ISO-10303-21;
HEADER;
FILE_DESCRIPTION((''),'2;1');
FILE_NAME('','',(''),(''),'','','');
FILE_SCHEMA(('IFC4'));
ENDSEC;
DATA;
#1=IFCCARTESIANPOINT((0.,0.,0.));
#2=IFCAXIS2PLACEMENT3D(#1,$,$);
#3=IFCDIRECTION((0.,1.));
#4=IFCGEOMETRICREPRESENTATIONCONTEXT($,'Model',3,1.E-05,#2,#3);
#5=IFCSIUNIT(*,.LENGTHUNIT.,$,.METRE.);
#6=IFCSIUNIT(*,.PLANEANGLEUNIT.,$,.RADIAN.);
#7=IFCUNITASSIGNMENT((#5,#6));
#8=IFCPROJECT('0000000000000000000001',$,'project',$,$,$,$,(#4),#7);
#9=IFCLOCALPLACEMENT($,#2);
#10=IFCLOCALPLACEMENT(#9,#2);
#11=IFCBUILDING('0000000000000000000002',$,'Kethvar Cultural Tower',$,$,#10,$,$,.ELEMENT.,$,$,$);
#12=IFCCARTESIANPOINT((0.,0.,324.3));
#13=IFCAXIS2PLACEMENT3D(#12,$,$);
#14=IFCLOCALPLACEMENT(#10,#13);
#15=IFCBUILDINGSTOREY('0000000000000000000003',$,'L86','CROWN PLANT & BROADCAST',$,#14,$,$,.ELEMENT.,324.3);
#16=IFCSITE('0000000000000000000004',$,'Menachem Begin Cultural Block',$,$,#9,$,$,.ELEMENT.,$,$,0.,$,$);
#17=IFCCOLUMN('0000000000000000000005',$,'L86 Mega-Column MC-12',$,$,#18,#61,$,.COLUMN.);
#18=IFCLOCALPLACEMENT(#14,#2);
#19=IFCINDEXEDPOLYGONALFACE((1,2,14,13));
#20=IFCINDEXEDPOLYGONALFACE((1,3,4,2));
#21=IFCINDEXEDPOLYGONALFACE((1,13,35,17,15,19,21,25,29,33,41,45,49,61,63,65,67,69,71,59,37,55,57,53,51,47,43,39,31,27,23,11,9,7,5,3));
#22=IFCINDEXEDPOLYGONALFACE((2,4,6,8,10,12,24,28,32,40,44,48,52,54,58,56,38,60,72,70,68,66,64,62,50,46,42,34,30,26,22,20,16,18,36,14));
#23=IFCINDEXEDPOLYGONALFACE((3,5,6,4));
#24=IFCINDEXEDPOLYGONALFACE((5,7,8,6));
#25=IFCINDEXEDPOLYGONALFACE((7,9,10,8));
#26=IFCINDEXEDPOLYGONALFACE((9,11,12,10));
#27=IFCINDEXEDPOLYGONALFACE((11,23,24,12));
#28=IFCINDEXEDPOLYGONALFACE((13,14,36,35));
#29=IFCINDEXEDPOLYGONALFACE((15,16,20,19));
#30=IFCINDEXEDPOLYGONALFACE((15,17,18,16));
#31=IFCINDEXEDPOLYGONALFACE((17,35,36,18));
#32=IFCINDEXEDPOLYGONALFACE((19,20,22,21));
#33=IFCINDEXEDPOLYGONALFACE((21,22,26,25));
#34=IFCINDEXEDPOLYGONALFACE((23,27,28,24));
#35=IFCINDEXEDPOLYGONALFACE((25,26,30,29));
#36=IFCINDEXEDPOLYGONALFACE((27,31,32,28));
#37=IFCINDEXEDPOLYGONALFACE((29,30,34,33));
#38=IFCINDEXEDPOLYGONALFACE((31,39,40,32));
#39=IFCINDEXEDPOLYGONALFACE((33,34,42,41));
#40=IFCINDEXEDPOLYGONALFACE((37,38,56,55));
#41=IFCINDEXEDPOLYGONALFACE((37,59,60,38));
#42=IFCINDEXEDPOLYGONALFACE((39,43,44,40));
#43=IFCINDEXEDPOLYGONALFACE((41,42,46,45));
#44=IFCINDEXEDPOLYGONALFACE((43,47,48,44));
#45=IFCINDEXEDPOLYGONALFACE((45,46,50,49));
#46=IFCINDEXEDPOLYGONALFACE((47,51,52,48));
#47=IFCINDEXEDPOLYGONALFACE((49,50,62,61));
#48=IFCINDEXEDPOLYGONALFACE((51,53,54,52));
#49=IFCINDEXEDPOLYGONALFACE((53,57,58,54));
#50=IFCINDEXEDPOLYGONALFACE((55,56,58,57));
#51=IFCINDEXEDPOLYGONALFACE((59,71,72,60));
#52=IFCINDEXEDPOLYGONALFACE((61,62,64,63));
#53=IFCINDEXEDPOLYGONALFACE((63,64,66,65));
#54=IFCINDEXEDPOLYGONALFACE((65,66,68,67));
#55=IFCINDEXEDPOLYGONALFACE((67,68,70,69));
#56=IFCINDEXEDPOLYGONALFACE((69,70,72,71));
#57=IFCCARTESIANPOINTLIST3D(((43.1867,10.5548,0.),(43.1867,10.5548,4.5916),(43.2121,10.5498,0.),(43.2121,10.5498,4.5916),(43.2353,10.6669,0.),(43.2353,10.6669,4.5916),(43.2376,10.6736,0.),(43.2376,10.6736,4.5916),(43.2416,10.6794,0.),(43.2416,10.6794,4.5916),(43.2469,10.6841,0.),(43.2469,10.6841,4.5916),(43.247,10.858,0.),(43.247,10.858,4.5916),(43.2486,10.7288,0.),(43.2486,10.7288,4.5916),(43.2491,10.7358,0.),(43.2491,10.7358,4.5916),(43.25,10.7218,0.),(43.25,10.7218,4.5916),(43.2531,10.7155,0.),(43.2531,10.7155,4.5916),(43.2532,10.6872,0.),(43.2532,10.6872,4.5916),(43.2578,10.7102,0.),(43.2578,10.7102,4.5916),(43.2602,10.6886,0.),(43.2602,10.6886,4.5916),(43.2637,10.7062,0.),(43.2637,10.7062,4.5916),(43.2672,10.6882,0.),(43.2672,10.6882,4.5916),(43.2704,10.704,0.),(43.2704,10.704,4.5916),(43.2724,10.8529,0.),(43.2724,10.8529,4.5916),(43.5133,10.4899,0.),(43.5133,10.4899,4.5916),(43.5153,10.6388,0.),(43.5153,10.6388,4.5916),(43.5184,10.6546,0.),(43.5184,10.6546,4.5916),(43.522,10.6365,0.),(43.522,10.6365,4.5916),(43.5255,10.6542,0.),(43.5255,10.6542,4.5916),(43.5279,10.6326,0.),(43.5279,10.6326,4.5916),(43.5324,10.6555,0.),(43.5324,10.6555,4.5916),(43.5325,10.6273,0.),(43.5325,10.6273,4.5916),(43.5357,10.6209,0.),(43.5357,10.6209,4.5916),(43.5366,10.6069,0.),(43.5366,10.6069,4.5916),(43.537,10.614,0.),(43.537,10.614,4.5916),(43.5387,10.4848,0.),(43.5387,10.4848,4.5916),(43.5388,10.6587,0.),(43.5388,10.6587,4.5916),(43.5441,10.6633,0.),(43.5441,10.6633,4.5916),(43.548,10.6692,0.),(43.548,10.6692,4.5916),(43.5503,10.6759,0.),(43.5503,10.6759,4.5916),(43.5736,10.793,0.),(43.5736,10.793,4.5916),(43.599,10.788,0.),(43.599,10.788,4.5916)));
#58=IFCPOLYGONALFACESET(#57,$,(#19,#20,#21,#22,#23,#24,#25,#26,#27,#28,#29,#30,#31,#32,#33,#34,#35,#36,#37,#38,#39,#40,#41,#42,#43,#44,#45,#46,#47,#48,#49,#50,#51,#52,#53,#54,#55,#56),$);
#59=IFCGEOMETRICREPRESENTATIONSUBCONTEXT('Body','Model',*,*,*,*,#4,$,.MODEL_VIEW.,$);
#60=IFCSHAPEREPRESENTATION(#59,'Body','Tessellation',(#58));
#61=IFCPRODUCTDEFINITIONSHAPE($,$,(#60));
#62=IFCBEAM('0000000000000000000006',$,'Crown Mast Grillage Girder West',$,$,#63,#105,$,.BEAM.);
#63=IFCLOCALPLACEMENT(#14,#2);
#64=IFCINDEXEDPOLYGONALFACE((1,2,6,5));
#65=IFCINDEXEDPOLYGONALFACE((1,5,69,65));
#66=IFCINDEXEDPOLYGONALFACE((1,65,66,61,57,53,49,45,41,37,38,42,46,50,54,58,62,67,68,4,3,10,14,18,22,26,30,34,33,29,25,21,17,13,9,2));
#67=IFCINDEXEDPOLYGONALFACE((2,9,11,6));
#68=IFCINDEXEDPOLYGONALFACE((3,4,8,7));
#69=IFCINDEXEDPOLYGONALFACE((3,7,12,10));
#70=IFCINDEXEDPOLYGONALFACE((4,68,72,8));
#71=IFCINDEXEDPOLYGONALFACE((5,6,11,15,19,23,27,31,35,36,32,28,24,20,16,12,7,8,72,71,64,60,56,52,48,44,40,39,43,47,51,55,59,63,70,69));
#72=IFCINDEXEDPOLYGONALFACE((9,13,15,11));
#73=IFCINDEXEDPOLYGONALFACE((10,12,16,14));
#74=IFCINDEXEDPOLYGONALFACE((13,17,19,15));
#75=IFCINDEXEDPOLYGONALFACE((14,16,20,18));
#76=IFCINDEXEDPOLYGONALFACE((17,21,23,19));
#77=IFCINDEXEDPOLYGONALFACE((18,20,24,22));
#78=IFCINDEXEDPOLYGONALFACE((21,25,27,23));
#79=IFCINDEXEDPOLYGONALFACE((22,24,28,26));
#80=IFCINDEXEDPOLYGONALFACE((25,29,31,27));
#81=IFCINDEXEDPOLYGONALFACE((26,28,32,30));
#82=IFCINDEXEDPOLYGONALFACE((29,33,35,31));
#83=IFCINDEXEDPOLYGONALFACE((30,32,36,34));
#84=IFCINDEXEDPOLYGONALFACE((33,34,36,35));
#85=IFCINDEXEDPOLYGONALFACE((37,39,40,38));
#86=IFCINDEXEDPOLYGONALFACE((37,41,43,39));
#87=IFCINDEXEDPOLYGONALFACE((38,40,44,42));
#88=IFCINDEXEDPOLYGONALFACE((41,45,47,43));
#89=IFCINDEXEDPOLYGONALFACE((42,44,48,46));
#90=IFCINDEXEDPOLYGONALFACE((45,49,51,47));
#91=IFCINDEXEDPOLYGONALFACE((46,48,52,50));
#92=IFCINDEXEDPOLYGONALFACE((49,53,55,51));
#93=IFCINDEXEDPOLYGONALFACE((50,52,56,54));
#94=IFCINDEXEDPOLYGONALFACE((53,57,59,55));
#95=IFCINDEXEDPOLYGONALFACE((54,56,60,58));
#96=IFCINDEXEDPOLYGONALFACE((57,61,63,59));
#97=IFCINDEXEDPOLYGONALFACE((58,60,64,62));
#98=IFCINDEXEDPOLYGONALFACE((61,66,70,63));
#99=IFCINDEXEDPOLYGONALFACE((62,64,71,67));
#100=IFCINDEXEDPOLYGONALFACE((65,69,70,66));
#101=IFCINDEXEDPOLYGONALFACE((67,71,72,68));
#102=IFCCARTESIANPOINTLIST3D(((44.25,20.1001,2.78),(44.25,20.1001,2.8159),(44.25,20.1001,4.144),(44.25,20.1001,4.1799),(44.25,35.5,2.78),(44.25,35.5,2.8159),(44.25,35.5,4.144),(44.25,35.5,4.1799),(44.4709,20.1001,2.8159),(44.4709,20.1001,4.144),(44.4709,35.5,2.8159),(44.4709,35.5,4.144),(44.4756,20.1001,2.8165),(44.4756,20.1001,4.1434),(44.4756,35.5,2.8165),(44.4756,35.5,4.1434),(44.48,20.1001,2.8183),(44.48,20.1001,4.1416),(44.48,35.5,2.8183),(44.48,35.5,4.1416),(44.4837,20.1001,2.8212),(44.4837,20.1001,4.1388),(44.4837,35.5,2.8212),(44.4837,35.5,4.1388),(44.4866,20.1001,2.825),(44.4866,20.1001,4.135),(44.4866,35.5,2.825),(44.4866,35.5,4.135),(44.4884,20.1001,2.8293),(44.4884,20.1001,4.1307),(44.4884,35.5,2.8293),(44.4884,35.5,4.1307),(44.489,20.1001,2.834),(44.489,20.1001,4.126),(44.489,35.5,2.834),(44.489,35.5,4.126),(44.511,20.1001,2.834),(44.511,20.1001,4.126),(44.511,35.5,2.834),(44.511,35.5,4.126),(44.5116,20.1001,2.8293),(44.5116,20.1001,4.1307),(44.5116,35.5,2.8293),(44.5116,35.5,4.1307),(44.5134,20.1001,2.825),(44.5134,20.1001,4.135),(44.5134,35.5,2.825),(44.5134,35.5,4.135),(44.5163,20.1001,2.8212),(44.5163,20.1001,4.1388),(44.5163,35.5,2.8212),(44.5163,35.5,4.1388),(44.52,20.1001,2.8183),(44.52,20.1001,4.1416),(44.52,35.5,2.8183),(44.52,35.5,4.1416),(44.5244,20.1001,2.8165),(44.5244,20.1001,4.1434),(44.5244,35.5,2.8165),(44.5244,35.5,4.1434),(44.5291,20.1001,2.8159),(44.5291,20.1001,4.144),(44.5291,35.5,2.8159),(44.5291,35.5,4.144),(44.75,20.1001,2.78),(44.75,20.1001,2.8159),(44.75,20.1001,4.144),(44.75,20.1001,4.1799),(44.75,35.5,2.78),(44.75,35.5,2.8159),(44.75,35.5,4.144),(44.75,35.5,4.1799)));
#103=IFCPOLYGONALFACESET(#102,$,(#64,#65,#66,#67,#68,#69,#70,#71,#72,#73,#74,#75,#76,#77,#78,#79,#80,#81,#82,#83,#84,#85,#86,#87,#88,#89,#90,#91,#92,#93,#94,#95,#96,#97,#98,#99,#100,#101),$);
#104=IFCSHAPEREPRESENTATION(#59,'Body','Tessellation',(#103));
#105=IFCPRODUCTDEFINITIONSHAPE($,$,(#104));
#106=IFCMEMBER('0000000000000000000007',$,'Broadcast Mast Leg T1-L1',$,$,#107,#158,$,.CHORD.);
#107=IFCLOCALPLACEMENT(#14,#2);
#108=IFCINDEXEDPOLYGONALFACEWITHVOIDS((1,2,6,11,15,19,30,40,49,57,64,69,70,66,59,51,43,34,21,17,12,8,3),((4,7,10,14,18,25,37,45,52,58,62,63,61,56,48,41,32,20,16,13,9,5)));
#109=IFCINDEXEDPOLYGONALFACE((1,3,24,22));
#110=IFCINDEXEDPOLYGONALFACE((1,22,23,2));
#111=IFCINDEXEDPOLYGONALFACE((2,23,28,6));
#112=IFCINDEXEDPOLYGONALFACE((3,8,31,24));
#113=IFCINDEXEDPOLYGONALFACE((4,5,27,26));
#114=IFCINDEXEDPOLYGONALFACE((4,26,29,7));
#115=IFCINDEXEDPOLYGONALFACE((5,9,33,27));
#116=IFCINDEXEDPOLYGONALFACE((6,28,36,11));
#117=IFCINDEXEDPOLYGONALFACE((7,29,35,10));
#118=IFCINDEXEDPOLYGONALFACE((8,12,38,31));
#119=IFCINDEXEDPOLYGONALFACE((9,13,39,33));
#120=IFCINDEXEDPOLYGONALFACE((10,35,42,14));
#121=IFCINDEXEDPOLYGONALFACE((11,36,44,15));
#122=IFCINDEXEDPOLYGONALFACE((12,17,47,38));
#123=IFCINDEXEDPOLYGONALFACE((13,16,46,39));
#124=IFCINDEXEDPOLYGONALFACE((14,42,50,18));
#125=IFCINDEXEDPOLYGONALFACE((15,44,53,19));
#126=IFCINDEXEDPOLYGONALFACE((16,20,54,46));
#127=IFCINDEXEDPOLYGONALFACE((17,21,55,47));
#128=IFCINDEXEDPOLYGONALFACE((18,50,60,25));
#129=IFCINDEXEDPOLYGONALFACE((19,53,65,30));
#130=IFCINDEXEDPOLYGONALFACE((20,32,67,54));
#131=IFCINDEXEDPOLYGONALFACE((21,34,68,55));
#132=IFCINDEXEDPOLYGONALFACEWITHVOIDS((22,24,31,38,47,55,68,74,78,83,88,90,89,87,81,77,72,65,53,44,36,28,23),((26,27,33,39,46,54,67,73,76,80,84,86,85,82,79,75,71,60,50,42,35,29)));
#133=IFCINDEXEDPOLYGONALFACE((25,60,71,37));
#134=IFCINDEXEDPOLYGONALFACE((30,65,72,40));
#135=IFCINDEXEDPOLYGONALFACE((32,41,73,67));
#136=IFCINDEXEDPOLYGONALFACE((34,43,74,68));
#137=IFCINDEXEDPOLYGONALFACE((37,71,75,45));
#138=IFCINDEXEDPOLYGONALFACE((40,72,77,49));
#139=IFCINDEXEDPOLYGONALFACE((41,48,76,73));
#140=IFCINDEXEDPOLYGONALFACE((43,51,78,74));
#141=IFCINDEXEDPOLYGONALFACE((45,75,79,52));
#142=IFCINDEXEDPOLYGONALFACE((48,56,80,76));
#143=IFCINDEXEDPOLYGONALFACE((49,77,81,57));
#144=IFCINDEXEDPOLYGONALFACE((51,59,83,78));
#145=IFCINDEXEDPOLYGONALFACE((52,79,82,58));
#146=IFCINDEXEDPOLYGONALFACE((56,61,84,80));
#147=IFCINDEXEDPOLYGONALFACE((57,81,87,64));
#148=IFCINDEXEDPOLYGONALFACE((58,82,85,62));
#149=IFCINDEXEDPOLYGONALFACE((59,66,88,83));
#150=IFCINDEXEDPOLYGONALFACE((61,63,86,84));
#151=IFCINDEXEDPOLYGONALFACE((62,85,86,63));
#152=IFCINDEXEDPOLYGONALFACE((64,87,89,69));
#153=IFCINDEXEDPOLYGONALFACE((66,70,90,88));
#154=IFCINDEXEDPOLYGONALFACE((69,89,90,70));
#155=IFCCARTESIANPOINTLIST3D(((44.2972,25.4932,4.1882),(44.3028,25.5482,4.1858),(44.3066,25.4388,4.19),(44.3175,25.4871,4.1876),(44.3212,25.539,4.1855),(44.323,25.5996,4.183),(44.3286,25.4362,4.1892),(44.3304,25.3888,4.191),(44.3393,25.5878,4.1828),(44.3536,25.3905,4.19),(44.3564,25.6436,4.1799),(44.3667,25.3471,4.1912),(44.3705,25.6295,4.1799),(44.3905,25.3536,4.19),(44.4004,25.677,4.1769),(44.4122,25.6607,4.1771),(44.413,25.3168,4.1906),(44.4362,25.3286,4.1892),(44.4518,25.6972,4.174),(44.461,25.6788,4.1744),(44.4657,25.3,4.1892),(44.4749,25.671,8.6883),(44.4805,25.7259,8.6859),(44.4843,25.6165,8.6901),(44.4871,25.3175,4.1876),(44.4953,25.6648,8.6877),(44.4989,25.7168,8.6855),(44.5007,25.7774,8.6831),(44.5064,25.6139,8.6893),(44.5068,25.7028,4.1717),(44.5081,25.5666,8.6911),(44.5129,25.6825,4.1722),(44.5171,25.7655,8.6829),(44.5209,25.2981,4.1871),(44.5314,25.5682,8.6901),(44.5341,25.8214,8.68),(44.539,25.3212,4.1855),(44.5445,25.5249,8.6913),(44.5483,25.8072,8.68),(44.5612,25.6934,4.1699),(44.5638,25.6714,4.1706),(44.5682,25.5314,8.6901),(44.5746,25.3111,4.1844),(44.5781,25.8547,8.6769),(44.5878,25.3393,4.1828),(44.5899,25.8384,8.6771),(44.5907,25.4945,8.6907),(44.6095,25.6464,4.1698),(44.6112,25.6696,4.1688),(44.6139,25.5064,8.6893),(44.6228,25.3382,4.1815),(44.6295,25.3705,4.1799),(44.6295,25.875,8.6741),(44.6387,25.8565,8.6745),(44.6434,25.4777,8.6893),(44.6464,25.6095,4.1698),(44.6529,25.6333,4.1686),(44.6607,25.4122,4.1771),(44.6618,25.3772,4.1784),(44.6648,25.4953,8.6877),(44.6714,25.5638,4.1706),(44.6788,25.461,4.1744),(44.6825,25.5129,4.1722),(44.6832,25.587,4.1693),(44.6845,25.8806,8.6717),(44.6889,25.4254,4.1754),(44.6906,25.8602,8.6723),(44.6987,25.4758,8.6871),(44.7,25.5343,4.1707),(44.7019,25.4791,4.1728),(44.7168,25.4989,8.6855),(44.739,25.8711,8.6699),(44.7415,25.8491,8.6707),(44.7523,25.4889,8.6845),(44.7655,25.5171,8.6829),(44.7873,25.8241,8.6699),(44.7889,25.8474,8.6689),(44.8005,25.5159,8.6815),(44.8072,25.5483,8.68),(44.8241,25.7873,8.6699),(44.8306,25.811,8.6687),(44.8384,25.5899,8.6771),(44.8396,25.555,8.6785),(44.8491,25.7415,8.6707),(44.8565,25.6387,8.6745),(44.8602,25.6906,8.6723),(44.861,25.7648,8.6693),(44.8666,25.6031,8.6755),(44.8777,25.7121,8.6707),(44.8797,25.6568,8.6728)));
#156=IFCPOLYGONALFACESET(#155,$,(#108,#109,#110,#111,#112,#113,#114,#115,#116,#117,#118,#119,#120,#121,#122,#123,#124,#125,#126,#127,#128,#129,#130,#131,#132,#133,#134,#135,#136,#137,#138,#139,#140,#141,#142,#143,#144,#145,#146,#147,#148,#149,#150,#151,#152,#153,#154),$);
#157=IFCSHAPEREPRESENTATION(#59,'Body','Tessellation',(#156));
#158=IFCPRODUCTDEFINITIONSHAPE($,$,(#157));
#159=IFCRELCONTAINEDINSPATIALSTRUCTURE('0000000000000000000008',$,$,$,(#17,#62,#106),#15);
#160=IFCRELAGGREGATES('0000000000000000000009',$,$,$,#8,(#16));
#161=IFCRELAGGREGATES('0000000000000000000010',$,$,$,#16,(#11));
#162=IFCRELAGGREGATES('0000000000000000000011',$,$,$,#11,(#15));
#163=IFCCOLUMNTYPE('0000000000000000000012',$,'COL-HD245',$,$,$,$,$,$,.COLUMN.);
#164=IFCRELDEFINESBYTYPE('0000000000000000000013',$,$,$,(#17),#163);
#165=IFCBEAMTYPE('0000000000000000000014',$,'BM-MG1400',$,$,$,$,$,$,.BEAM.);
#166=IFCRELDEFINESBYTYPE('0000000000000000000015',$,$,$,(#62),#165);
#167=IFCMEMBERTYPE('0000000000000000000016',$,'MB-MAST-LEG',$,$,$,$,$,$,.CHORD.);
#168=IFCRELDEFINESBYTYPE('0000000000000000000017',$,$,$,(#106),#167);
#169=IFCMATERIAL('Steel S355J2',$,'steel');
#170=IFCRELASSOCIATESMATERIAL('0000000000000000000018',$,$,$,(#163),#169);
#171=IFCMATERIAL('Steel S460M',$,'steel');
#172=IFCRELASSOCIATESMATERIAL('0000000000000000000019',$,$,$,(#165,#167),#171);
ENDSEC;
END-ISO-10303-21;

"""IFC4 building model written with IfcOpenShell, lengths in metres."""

from ifc_helpers import new_model, si_unit, direction, frame, origin, origin_2d, place, context, subcontext, project, spatial, hollow_circle, i_section, extrude, source, transform, mapped, material, material_profile, profile_set, type_object, element, save


model = new_model("IFC4")

# Units and contexts
model_context = context("Model", 3, precision=1e-05, world=origin(), true_north=direction((0.0, 1.0)))
body_context = subcontext(model_context, "Body", "Model", "MODEL_VIEW")
ifc_project = project(units=[si_unit("LENGTHUNIT", "METRE"), si_unit("PLANEANGLEUNIT", "RADIAN")], contexts=[model_context])

# Site, building, storey
site_placement = place(None, origin())
site = spatial("IfcSite", under=ifc_project, at=site_placement, Name="Menachem Begin Cultural Block", CompositionType="ELEMENT", RefElevation=0.0)
building_placement = place(site_placement, origin())
building = spatial("IfcBuilding", under=site, at=building_placement, Name="Kethvar Cultural Tower", CompositionType="ELEMENT")
storey_placement = place(building_placement, frame((0.0, 0.0, 324.3)))
storey = spatial("IfcBuildingStorey", under=building, at=storey_placement, Name="L86", Description="CROWN PLANT & BROADCAST", CompositionType="ELEMENT", Elevation=324.3)

# Column
ifc_material_1 = material(Name="Steel S355J2", Category="steel")
ifc_material_profile_1 = material_profile(ifc_material_1, i_section(OverallWidth=0.3091, OverallDepth=0.3589, WebThickness=0.0161, FlangeThickness=0.0259, FilletRadius=0.0271, at=origin_2d()), Name="Steel S355J2 — HD320x245")
ifc_profile_set_1 = profile_set([ifc_material_profile_1], Name="Steel S355J2 — HD320x245")
column_type = type_object("IfcColumnType", Name="COL-HD245", PredefinedType="COLUMN", material=ifc_profile_set_1)
shared_shape_1 = source(origin(), body_context, "Body", "SweptSolid", [
    extrude(i_section(OverallWidth=0.3091, OverallDepth=0.3589, WebThickness=0.0161, FlangeThickness=0.0259, FilletRadius=0.0271, at=origin_2d()), origin(), (0.0, 0.0, 1.0), 4.5916),
])
column_placement = place(storey_placement, frame((43.3928, 10.6714, 0.0), z_axis=(0.0, 0.0, 1.0), x_axis=(-0.19509, -0.980785, 0.0)))
element("IfcColumn", 1, at=column_placement, inside=storey, type_object=column_type, Name="L86 Mega-Column MC-12", PredefinedType="COLUMN", context=body_context, shape_type="MappedRepresentation", body=[
    mapped(shared_shape_1, transform((0.0, 0.0, 0.0), scale=1.0)),
])

# Beam
ifc_material_2 = material(Name="Steel S460M", Category="steel")
ifc_material_profile_2 = material_profile(ifc_material_2, i_section(OverallWidth=0.5, OverallDepth=1.3999, WebThickness=0.022, FlangeThickness=0.0359, FilletRadius=0.0181, at=origin_2d()), Name="Steel S460M — PG1400x500x36x22")
ifc_profile_set_2 = profile_set([ifc_material_profile_2], Name="Steel S460M — PG1400x500x36x22")
beam_type = type_object("IfcBeamType", Name="BM-MG1400", PredefinedType="BEAM", material=ifc_profile_set_2)
shared_shape_2 = source(origin(), body_context, "Body", "SweptSolid", [
    extrude(i_section(OverallWidth=0.5, OverallDepth=1.3999, WebThickness=0.022, FlangeThickness=0.0359, FilletRadius=0.0181, at=origin_2d()), origin(), (0.0, 0.0, 1.0), 15.3999),
])
beam_placement = place(storey_placement, frame((44.5, 20.1001, 3.48), z_axis=(0.0, 1.0, 0.0), x_axis=(-1.0, 0.0, 0.0)))
element("IfcBeam", 2, at=beam_placement, inside=storey, type_object=beam_type, Name="Crown Mast Grillage Girder West", PredefinedType="BEAM", context=body_context, shape_type="MappedRepresentation", body=[
    mapped(shared_shape_2, transform((0.0, 0.0, 0.0), scale=1.0)),
])

# Member
ifc_material_profile_3 = material_profile(ifc_material_2, hollow_circle(Radius=0.2031, WallThickness=0.02, at=origin_2d()), Name="Steel S460M — CHS406x20")
ifc_profile_set_3 = profile_set([ifc_material_profile_3], Name="Steel S460M — CHS406x20")
member_type_1 = type_object("IfcMemberType", Name="MB-MAST-LEG", PredefinedType="CHORD", material=ifc_profile_set_3)
shared_shape_3 = source(origin(), body_context, "Body", "SweptSolid", [
    extrude(hollow_circle(Radius=0.2031, WallThickness=0.02, at=origin_2d()), origin(), (0.0, 0.0, 1.0), 4.5071),
])
member_1_placement = place(storey_placement, frame((44.5, 25.5, 4.1799), z_axis=(0.039435, 0.039435, 0.998444), x_axis=(-0.707107, 0.707107, 0.0)))
element("IfcMember", 3, at=member_1_placement, inside=storey, type_object=member_type_1, Name="Broadcast Mast Leg T1-L1", PredefinedType="CHORD", context=body_context, shape_type="MappedRepresentation", body=[
    mapped(shared_shape_3, transform((0.0, 0.0, 0.0), scale=1.0)),
])

save(model, "model.ifc")
